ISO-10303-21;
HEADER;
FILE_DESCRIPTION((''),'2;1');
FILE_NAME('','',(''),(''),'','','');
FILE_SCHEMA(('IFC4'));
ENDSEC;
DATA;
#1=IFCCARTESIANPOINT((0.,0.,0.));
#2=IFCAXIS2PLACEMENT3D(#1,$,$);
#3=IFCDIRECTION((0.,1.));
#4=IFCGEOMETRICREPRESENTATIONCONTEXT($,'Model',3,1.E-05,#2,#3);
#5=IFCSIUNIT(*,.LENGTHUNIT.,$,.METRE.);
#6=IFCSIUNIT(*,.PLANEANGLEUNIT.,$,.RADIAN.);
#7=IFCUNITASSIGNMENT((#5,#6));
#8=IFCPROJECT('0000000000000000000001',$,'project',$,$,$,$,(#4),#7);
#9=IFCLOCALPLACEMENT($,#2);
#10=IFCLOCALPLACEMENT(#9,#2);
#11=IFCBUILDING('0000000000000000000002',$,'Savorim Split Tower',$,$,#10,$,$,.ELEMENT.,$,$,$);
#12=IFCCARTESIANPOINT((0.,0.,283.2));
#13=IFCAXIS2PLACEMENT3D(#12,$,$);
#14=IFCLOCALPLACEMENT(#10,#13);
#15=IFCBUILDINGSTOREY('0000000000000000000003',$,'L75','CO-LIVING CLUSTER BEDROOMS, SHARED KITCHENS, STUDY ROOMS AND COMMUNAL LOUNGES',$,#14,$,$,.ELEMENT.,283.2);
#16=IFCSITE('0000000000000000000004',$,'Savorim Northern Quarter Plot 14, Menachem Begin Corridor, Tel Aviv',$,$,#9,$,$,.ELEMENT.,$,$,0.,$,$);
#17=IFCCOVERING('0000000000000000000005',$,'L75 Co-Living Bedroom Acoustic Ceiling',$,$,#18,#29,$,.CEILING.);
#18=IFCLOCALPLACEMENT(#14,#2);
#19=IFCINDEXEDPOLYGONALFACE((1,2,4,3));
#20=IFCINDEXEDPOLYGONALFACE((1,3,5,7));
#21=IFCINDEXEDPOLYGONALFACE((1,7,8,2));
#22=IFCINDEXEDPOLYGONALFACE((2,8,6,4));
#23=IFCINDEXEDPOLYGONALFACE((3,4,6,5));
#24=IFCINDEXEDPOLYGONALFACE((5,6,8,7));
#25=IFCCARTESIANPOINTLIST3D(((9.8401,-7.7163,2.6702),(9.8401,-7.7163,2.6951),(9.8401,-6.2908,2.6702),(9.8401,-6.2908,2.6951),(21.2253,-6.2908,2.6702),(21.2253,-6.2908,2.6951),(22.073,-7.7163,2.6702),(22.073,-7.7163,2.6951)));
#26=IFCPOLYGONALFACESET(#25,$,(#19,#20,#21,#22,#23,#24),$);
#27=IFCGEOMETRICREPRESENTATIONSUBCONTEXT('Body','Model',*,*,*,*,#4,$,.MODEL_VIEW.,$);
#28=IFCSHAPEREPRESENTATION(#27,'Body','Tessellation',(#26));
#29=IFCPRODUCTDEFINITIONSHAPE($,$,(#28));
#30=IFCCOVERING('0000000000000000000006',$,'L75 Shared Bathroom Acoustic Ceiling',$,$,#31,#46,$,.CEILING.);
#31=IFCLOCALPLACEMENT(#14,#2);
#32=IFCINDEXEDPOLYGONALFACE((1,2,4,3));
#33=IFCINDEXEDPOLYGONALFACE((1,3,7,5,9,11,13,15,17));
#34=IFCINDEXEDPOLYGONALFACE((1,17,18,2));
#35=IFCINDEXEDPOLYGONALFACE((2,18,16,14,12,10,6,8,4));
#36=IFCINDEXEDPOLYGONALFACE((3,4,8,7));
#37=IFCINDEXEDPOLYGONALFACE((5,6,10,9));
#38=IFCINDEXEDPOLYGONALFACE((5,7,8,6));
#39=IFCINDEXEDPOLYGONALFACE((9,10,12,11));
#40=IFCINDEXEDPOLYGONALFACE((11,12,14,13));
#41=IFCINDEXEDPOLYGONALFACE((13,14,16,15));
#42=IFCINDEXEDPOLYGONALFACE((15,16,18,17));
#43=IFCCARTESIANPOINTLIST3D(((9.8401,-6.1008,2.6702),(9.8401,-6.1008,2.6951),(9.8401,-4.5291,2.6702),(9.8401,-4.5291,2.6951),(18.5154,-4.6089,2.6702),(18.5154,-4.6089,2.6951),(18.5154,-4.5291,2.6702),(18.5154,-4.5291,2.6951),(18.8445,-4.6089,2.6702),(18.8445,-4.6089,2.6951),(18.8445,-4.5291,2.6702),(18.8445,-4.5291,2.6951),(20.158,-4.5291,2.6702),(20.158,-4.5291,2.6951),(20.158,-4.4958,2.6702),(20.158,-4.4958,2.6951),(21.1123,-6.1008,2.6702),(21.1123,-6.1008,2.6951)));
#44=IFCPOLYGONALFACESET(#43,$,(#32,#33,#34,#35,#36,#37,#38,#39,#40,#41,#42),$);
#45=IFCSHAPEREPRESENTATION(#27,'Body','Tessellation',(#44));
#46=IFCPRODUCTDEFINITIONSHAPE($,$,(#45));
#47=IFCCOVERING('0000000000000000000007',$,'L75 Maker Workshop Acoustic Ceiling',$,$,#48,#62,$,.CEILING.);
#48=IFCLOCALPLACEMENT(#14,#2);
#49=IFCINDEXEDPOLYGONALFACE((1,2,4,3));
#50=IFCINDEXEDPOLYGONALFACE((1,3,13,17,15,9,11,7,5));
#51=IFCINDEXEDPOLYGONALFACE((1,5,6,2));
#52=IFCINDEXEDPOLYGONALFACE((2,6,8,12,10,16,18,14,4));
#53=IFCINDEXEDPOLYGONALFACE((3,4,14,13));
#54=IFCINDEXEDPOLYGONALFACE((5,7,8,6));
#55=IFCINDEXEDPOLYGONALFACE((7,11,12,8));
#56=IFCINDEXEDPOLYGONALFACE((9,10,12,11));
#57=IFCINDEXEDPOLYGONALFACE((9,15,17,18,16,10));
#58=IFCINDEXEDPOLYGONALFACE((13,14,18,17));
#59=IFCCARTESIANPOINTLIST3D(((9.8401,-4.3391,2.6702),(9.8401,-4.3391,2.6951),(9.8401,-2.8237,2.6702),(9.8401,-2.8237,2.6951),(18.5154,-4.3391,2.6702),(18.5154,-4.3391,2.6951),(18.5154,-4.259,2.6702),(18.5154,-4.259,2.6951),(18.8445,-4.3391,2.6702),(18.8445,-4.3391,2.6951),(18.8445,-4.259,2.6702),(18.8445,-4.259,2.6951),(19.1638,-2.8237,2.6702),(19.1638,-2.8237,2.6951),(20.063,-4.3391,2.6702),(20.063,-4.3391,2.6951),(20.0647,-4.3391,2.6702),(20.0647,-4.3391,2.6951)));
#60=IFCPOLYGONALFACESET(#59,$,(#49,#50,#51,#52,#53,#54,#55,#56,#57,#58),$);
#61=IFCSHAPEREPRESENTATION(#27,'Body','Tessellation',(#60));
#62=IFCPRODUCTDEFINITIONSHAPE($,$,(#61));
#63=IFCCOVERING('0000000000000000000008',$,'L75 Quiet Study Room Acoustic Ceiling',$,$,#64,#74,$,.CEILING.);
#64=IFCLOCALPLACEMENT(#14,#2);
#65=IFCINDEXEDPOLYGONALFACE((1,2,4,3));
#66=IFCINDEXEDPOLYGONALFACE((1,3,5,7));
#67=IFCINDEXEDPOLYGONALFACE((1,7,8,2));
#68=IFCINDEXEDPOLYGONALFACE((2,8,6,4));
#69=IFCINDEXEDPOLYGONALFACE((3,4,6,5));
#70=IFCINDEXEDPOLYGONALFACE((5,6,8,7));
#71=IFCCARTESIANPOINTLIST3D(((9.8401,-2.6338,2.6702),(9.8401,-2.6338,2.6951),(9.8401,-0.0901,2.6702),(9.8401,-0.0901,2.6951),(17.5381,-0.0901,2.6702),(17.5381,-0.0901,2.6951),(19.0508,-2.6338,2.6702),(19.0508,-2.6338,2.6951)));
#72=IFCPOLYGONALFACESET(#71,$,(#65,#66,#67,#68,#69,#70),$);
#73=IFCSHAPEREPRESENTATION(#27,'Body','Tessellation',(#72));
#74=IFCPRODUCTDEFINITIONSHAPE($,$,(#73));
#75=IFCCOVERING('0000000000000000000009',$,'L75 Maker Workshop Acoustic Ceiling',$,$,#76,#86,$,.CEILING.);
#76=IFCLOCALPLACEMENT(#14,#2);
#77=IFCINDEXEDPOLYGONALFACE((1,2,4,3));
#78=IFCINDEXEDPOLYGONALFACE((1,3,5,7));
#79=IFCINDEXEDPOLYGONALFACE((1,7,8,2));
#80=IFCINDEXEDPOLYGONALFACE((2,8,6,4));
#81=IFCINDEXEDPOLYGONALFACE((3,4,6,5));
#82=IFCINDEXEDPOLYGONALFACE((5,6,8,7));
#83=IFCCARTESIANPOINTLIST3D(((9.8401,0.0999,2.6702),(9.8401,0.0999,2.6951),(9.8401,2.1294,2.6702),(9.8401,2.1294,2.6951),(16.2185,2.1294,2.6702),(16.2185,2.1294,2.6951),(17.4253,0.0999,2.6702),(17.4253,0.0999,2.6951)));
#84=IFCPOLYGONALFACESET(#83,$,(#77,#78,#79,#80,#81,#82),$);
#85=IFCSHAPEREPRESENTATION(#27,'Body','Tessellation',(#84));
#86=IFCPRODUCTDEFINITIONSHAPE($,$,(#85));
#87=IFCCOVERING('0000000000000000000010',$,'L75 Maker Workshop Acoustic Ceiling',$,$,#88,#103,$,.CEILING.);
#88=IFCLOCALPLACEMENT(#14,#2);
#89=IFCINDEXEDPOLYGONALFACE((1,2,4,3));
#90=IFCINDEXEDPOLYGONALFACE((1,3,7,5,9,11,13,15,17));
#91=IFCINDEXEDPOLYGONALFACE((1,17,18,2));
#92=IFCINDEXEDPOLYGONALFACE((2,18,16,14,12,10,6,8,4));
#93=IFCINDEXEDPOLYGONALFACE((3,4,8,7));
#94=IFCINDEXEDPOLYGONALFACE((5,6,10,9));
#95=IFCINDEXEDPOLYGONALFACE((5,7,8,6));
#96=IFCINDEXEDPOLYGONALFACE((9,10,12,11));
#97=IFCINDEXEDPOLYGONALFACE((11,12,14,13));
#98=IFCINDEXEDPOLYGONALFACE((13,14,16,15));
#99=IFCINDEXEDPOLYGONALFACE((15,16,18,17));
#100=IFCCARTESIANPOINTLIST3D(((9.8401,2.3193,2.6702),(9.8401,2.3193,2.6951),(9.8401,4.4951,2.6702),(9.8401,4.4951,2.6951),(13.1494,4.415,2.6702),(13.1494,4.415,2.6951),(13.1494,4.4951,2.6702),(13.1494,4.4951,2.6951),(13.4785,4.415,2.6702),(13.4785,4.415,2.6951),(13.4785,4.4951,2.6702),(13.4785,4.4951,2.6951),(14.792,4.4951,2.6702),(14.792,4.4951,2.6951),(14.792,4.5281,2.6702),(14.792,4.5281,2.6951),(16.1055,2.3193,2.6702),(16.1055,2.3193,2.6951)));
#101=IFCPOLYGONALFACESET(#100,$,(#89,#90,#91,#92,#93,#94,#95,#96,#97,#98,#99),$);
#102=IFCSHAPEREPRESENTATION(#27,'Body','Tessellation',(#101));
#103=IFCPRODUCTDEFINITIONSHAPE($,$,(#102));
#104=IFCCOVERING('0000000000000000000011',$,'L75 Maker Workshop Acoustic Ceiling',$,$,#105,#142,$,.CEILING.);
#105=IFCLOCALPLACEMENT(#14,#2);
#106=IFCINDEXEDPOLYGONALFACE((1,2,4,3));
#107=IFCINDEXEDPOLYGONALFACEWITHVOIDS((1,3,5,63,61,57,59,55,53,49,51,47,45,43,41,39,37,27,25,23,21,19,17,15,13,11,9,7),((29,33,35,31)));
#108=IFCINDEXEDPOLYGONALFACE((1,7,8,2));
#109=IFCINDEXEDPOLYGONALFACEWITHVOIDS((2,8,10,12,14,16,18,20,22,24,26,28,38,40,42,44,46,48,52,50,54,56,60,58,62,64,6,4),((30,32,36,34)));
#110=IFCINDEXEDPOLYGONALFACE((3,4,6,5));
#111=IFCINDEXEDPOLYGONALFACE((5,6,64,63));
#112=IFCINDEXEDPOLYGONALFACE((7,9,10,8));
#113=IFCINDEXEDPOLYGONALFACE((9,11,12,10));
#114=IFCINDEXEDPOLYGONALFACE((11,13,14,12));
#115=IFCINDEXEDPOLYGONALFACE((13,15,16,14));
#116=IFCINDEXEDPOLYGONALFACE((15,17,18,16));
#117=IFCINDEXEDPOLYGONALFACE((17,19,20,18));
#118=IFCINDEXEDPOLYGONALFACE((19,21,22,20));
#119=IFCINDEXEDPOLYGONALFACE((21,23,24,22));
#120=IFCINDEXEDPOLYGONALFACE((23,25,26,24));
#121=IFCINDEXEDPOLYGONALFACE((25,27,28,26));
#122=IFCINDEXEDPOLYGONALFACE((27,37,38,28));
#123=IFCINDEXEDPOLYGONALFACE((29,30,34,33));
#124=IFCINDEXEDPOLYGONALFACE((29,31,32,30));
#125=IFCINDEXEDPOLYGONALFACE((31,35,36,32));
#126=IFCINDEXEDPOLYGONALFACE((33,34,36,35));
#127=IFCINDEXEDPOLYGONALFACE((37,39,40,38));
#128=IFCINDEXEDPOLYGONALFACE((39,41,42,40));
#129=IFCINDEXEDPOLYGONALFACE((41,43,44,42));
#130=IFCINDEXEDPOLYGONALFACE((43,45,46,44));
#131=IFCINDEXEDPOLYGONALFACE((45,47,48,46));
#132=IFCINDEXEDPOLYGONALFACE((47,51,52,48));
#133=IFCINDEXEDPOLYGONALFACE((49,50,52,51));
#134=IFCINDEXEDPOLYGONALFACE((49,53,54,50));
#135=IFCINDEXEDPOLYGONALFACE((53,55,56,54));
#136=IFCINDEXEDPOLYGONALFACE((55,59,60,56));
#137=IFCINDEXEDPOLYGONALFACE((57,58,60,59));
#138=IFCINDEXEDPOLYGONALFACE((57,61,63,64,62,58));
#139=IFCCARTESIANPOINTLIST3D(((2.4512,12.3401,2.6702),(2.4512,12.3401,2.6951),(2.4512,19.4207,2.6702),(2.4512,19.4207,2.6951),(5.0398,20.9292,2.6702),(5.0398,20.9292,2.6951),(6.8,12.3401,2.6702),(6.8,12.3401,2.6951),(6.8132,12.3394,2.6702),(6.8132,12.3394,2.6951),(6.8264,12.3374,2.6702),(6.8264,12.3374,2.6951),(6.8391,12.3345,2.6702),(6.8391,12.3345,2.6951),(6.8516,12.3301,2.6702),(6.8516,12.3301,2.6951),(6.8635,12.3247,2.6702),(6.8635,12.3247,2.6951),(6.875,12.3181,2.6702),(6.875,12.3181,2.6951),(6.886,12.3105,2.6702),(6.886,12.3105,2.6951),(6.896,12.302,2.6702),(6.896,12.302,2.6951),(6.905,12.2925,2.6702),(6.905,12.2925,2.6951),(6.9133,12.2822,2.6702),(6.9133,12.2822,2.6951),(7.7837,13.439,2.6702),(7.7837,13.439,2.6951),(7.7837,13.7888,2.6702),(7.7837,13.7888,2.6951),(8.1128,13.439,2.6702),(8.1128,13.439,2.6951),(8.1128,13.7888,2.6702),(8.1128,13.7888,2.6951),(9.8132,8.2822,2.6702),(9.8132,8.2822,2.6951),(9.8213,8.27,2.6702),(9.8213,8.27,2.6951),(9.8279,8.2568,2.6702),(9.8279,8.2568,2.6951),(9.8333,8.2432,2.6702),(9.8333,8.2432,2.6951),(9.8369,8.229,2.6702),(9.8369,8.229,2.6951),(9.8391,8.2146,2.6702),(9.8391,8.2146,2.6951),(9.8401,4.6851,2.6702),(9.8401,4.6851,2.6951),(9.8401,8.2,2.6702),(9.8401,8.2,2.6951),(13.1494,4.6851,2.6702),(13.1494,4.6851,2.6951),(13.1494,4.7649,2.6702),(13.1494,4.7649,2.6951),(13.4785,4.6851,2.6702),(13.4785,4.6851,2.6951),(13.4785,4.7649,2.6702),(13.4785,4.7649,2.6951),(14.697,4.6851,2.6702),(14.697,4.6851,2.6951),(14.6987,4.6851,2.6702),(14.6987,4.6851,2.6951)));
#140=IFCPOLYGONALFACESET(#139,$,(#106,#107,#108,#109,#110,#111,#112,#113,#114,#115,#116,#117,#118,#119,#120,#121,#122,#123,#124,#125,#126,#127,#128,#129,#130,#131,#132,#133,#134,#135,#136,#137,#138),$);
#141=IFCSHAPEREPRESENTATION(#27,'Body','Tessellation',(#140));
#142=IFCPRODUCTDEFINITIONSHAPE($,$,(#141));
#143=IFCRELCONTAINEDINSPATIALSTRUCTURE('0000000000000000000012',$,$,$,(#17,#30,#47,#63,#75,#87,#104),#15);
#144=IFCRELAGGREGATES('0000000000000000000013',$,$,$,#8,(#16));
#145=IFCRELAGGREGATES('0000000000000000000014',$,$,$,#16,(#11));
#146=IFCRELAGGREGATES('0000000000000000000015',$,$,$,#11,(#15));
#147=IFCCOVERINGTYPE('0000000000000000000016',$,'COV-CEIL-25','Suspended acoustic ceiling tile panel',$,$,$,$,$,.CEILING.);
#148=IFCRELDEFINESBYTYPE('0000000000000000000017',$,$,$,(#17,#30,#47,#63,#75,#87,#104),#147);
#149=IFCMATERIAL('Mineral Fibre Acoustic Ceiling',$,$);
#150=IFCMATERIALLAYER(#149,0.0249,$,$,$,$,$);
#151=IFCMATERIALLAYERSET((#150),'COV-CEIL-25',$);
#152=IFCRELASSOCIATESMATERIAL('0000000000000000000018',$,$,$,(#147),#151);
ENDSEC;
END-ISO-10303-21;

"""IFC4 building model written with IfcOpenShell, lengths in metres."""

from ifc_helpers import new_model, si_unit, direction, frame, origin, place, context, subcontext, project, spatial, polyline, outline, extrude, material, layer, layer_set, type_object, element, save


model = new_model("IFC4")

# Units and contexts
model_context = context("Model", 3, precision=1e-05, world=origin(), true_north=direction((0.0, 1.0)))
body_context = subcontext(model_context, "Body", "Model", "MODEL_VIEW")
ifc_project = project(units=[si_unit("LENGTHUNIT", "METRE"), si_unit("PLANEANGLEUNIT", "RADIAN")], contexts=[model_context])

# Site, building, storey
site_placement = place(None, origin())
site = spatial("IfcSite", under=ifc_project, at=site_placement, Name="Savorim Northern Quarter Plot 14, Menachem Begin Corridor, Tel Aviv", CompositionType="ELEMENT", RefElevation=0.0)
building_placement = place(site_placement, origin())
building = spatial("IfcBuilding", under=site, at=building_placement, Name="Savorim Split Tower", CompositionType="ELEMENT")
storey_placement = place(building_placement, frame((0.0, 0.0, 283.2)))
storey = spatial("IfcBuildingStorey", under=building, at=storey_placement, Name="L75", Description="CO-LIVING CLUSTER BEDROOMS, SHARED KITCHENS, STUDY ROOMS AND COMMUNAL LOUNGES", CompositionType="ELEMENT", Elevation=283.2)

# Coverings
ifc_material_1 = material(Name="Mineral Fibre Acoustic Ceiling")
ifc_layer_1 = layer(ifc_material_1, 0.0249)
ifc_layer_set_1 = layer_set([ifc_layer_1], Name="COV-CEIL-25")
covering_type_1 = type_object("IfcCoveringType", Name="COV-CEIL-25", Description="Suspended acoustic ceiling tile panel", PredefinedType="CEILING", material=ifc_layer_set_1)
covering_1_placement = place(storey_placement, frame((0.0, 0.0, 2.6702)))
element("IfcCovering", 1, at=covering_1_placement, inside=storey, type_object=covering_type_1, Name="L75 Co-Living Bedroom Acoustic Ceiling", PredefinedType="CEILING", context=body_context, shape_type="SweptSolid", body=[
    extrude(outline(polyline([(22.073, -7.7163), (21.2253, -6.2908), (9.8401, -6.2908), (9.8401, -7.7163), (22.073, -7.7163)])), origin(), (0.0, 0.0, 1.0), 0.0249),
])
covering_2_placement = place(storey_placement, frame((0.0, 0.0, 2.6702)))
element("IfcCovering", 2, at=covering_2_placement, inside=storey, type_object=covering_type_1, Name="L75 Shared Bathroom Acoustic Ceiling", PredefinedType="CEILING", context=body_context, shape_type="SweptSolid", body=[
    extrude(outline(polyline([(18.5154, -4.6089), (18.5154, -4.5291), (9.8401, -4.5291), (9.8401, -6.1008), (21.1123, -6.1008), (20.158, -4.4958), (20.158, -4.5291), (18.8445, -4.5291), (18.8445, -4.6089), (18.5154, -4.6089)])), origin(), (0.0, 0.0, 1.0), 0.0249),
])
covering_3_placement = place(storey_placement, frame((0.0, 0.0, 2.6702)))
element("IfcCovering", 3, at=covering_3_placement, inside=storey, type_object=covering_type_1, Name="L75 Maker Workshop Acoustic Ceiling", PredefinedType="CEILING", context=body_context, shape_type="SweptSolid", body=[
    extrude(outline(polyline([(18.8445, -4.259), (18.8445, -4.3391), (20.063, -4.3391), (20.0647, -4.3391), (19.1638, -2.8237), (9.8401, -2.8237), (9.8401, -4.3391), (18.5154, -4.3391), (18.5154, -4.259), (18.8445, -4.259)])), origin(), (0.0, 0.0, 1.0), 0.0249),
])
covering_4_placement = place(storey_placement, frame((0.0, 0.0, 2.6702)))
element("IfcCovering", 4, at=covering_4_placement, inside=storey, type_object=covering_type_1, Name="L75 Quiet Study Room Acoustic Ceiling", PredefinedType="CEILING", context=body_context, shape_type="SweptSolid", body=[
    extrude(outline(polyline([(19.0508, -2.6338), (17.5381, -0.0901), (9.8401, -0.0901), (9.8401, -2.6338), (19.0508, -2.6338)])), origin(), (0.0, 0.0, 1.0), 0.0249),
])
covering_5_placement = place(storey_placement, frame((0.0, 0.0, 2.6702)))
element("IfcCovering", 5, at=covering_5_placement, inside=storey, type_object=covering_type_1, Name="L75 Maker Workshop Acoustic Ceiling", PredefinedType="CEILING", context=body_context, shape_type="SweptSolid", body=[
    extrude(outline(polyline([(17.4253, 0.0999), (16.2185, 2.1294), (9.8401, 2.1294), (9.8401, 0.0999), (17.4253, 0.0999)])), origin(), (0.0, 0.0, 1.0), 0.0249),
])
covering_6_placement = place(storey_placement, frame((0.0, 0.0, 2.6702)))
element("IfcCovering", 6, at=covering_6_placement, inside=storey, type_object=covering_type_1, Name="L75 Maker Workshop Acoustic Ceiling", PredefinedType="CEILING", context=body_context, shape_type="SweptSolid", body=[
    extrude(outline(polyline([(13.1494, 4.415), (13.1494, 4.4951), (9.8401, 4.4951), (9.8401, 2.3193), (16.1055, 2.3193), (14.792, 4.5281), (14.792, 4.4951), (13.4785, 4.4951), (13.4785, 4.415), (13.1494, 4.415)])), origin(), (0.0, 0.0, 1.0), 0.0249),
])
covering_7_placement = place(storey_placement, frame((0.0, 0.0, 2.6702)))
element("IfcCovering", 7, at=covering_7_placement, inside=storey, type_object=covering_type_1, Name="L75 Maker Workshop Acoustic Ceiling", PredefinedType="CEILING", context=body_context, shape_type="SweptSolid", body=[
    extrude(outline(polyline([(14.697, 4.6851), (14.6987, 4.6851), (5.0398, 20.9292), (2.4512, 19.4207), (2.4512, 12.3401), (6.8, 12.3401), (6.8132, 12.3394), (6.8264, 12.3374), (6.8391, 12.3345), (6.8516, 12.3301), (6.8635, 12.3247), (6.875, 12.3181), (6.886, 12.3105), (6.896, 12.302), (6.905, 12.2925), (6.9133, 12.2822), (9.8132, 8.2822), (9.8213, 8.27), (9.8279, 8.2568), (9.8333, 8.2432), (9.8369, 8.229), (9.8391, 8.2146), (9.8401, 8.2), (9.8401, 4.6851), (13.1494, 4.6851), (13.1494, 4.7649), (13.4785, 4.7649), (13.4785, 4.6851), (14.697, 4.6851)]), holes=[polyline([(8.1128, 13.7888), (7.7837, 13.7888), (7.7837, 13.439), (8.1128, 13.439), (8.1128, 13.7888)])]), origin(), (0.0, 0.0, 1.0), 0.0249),
])

save(model, "model.ifc")
